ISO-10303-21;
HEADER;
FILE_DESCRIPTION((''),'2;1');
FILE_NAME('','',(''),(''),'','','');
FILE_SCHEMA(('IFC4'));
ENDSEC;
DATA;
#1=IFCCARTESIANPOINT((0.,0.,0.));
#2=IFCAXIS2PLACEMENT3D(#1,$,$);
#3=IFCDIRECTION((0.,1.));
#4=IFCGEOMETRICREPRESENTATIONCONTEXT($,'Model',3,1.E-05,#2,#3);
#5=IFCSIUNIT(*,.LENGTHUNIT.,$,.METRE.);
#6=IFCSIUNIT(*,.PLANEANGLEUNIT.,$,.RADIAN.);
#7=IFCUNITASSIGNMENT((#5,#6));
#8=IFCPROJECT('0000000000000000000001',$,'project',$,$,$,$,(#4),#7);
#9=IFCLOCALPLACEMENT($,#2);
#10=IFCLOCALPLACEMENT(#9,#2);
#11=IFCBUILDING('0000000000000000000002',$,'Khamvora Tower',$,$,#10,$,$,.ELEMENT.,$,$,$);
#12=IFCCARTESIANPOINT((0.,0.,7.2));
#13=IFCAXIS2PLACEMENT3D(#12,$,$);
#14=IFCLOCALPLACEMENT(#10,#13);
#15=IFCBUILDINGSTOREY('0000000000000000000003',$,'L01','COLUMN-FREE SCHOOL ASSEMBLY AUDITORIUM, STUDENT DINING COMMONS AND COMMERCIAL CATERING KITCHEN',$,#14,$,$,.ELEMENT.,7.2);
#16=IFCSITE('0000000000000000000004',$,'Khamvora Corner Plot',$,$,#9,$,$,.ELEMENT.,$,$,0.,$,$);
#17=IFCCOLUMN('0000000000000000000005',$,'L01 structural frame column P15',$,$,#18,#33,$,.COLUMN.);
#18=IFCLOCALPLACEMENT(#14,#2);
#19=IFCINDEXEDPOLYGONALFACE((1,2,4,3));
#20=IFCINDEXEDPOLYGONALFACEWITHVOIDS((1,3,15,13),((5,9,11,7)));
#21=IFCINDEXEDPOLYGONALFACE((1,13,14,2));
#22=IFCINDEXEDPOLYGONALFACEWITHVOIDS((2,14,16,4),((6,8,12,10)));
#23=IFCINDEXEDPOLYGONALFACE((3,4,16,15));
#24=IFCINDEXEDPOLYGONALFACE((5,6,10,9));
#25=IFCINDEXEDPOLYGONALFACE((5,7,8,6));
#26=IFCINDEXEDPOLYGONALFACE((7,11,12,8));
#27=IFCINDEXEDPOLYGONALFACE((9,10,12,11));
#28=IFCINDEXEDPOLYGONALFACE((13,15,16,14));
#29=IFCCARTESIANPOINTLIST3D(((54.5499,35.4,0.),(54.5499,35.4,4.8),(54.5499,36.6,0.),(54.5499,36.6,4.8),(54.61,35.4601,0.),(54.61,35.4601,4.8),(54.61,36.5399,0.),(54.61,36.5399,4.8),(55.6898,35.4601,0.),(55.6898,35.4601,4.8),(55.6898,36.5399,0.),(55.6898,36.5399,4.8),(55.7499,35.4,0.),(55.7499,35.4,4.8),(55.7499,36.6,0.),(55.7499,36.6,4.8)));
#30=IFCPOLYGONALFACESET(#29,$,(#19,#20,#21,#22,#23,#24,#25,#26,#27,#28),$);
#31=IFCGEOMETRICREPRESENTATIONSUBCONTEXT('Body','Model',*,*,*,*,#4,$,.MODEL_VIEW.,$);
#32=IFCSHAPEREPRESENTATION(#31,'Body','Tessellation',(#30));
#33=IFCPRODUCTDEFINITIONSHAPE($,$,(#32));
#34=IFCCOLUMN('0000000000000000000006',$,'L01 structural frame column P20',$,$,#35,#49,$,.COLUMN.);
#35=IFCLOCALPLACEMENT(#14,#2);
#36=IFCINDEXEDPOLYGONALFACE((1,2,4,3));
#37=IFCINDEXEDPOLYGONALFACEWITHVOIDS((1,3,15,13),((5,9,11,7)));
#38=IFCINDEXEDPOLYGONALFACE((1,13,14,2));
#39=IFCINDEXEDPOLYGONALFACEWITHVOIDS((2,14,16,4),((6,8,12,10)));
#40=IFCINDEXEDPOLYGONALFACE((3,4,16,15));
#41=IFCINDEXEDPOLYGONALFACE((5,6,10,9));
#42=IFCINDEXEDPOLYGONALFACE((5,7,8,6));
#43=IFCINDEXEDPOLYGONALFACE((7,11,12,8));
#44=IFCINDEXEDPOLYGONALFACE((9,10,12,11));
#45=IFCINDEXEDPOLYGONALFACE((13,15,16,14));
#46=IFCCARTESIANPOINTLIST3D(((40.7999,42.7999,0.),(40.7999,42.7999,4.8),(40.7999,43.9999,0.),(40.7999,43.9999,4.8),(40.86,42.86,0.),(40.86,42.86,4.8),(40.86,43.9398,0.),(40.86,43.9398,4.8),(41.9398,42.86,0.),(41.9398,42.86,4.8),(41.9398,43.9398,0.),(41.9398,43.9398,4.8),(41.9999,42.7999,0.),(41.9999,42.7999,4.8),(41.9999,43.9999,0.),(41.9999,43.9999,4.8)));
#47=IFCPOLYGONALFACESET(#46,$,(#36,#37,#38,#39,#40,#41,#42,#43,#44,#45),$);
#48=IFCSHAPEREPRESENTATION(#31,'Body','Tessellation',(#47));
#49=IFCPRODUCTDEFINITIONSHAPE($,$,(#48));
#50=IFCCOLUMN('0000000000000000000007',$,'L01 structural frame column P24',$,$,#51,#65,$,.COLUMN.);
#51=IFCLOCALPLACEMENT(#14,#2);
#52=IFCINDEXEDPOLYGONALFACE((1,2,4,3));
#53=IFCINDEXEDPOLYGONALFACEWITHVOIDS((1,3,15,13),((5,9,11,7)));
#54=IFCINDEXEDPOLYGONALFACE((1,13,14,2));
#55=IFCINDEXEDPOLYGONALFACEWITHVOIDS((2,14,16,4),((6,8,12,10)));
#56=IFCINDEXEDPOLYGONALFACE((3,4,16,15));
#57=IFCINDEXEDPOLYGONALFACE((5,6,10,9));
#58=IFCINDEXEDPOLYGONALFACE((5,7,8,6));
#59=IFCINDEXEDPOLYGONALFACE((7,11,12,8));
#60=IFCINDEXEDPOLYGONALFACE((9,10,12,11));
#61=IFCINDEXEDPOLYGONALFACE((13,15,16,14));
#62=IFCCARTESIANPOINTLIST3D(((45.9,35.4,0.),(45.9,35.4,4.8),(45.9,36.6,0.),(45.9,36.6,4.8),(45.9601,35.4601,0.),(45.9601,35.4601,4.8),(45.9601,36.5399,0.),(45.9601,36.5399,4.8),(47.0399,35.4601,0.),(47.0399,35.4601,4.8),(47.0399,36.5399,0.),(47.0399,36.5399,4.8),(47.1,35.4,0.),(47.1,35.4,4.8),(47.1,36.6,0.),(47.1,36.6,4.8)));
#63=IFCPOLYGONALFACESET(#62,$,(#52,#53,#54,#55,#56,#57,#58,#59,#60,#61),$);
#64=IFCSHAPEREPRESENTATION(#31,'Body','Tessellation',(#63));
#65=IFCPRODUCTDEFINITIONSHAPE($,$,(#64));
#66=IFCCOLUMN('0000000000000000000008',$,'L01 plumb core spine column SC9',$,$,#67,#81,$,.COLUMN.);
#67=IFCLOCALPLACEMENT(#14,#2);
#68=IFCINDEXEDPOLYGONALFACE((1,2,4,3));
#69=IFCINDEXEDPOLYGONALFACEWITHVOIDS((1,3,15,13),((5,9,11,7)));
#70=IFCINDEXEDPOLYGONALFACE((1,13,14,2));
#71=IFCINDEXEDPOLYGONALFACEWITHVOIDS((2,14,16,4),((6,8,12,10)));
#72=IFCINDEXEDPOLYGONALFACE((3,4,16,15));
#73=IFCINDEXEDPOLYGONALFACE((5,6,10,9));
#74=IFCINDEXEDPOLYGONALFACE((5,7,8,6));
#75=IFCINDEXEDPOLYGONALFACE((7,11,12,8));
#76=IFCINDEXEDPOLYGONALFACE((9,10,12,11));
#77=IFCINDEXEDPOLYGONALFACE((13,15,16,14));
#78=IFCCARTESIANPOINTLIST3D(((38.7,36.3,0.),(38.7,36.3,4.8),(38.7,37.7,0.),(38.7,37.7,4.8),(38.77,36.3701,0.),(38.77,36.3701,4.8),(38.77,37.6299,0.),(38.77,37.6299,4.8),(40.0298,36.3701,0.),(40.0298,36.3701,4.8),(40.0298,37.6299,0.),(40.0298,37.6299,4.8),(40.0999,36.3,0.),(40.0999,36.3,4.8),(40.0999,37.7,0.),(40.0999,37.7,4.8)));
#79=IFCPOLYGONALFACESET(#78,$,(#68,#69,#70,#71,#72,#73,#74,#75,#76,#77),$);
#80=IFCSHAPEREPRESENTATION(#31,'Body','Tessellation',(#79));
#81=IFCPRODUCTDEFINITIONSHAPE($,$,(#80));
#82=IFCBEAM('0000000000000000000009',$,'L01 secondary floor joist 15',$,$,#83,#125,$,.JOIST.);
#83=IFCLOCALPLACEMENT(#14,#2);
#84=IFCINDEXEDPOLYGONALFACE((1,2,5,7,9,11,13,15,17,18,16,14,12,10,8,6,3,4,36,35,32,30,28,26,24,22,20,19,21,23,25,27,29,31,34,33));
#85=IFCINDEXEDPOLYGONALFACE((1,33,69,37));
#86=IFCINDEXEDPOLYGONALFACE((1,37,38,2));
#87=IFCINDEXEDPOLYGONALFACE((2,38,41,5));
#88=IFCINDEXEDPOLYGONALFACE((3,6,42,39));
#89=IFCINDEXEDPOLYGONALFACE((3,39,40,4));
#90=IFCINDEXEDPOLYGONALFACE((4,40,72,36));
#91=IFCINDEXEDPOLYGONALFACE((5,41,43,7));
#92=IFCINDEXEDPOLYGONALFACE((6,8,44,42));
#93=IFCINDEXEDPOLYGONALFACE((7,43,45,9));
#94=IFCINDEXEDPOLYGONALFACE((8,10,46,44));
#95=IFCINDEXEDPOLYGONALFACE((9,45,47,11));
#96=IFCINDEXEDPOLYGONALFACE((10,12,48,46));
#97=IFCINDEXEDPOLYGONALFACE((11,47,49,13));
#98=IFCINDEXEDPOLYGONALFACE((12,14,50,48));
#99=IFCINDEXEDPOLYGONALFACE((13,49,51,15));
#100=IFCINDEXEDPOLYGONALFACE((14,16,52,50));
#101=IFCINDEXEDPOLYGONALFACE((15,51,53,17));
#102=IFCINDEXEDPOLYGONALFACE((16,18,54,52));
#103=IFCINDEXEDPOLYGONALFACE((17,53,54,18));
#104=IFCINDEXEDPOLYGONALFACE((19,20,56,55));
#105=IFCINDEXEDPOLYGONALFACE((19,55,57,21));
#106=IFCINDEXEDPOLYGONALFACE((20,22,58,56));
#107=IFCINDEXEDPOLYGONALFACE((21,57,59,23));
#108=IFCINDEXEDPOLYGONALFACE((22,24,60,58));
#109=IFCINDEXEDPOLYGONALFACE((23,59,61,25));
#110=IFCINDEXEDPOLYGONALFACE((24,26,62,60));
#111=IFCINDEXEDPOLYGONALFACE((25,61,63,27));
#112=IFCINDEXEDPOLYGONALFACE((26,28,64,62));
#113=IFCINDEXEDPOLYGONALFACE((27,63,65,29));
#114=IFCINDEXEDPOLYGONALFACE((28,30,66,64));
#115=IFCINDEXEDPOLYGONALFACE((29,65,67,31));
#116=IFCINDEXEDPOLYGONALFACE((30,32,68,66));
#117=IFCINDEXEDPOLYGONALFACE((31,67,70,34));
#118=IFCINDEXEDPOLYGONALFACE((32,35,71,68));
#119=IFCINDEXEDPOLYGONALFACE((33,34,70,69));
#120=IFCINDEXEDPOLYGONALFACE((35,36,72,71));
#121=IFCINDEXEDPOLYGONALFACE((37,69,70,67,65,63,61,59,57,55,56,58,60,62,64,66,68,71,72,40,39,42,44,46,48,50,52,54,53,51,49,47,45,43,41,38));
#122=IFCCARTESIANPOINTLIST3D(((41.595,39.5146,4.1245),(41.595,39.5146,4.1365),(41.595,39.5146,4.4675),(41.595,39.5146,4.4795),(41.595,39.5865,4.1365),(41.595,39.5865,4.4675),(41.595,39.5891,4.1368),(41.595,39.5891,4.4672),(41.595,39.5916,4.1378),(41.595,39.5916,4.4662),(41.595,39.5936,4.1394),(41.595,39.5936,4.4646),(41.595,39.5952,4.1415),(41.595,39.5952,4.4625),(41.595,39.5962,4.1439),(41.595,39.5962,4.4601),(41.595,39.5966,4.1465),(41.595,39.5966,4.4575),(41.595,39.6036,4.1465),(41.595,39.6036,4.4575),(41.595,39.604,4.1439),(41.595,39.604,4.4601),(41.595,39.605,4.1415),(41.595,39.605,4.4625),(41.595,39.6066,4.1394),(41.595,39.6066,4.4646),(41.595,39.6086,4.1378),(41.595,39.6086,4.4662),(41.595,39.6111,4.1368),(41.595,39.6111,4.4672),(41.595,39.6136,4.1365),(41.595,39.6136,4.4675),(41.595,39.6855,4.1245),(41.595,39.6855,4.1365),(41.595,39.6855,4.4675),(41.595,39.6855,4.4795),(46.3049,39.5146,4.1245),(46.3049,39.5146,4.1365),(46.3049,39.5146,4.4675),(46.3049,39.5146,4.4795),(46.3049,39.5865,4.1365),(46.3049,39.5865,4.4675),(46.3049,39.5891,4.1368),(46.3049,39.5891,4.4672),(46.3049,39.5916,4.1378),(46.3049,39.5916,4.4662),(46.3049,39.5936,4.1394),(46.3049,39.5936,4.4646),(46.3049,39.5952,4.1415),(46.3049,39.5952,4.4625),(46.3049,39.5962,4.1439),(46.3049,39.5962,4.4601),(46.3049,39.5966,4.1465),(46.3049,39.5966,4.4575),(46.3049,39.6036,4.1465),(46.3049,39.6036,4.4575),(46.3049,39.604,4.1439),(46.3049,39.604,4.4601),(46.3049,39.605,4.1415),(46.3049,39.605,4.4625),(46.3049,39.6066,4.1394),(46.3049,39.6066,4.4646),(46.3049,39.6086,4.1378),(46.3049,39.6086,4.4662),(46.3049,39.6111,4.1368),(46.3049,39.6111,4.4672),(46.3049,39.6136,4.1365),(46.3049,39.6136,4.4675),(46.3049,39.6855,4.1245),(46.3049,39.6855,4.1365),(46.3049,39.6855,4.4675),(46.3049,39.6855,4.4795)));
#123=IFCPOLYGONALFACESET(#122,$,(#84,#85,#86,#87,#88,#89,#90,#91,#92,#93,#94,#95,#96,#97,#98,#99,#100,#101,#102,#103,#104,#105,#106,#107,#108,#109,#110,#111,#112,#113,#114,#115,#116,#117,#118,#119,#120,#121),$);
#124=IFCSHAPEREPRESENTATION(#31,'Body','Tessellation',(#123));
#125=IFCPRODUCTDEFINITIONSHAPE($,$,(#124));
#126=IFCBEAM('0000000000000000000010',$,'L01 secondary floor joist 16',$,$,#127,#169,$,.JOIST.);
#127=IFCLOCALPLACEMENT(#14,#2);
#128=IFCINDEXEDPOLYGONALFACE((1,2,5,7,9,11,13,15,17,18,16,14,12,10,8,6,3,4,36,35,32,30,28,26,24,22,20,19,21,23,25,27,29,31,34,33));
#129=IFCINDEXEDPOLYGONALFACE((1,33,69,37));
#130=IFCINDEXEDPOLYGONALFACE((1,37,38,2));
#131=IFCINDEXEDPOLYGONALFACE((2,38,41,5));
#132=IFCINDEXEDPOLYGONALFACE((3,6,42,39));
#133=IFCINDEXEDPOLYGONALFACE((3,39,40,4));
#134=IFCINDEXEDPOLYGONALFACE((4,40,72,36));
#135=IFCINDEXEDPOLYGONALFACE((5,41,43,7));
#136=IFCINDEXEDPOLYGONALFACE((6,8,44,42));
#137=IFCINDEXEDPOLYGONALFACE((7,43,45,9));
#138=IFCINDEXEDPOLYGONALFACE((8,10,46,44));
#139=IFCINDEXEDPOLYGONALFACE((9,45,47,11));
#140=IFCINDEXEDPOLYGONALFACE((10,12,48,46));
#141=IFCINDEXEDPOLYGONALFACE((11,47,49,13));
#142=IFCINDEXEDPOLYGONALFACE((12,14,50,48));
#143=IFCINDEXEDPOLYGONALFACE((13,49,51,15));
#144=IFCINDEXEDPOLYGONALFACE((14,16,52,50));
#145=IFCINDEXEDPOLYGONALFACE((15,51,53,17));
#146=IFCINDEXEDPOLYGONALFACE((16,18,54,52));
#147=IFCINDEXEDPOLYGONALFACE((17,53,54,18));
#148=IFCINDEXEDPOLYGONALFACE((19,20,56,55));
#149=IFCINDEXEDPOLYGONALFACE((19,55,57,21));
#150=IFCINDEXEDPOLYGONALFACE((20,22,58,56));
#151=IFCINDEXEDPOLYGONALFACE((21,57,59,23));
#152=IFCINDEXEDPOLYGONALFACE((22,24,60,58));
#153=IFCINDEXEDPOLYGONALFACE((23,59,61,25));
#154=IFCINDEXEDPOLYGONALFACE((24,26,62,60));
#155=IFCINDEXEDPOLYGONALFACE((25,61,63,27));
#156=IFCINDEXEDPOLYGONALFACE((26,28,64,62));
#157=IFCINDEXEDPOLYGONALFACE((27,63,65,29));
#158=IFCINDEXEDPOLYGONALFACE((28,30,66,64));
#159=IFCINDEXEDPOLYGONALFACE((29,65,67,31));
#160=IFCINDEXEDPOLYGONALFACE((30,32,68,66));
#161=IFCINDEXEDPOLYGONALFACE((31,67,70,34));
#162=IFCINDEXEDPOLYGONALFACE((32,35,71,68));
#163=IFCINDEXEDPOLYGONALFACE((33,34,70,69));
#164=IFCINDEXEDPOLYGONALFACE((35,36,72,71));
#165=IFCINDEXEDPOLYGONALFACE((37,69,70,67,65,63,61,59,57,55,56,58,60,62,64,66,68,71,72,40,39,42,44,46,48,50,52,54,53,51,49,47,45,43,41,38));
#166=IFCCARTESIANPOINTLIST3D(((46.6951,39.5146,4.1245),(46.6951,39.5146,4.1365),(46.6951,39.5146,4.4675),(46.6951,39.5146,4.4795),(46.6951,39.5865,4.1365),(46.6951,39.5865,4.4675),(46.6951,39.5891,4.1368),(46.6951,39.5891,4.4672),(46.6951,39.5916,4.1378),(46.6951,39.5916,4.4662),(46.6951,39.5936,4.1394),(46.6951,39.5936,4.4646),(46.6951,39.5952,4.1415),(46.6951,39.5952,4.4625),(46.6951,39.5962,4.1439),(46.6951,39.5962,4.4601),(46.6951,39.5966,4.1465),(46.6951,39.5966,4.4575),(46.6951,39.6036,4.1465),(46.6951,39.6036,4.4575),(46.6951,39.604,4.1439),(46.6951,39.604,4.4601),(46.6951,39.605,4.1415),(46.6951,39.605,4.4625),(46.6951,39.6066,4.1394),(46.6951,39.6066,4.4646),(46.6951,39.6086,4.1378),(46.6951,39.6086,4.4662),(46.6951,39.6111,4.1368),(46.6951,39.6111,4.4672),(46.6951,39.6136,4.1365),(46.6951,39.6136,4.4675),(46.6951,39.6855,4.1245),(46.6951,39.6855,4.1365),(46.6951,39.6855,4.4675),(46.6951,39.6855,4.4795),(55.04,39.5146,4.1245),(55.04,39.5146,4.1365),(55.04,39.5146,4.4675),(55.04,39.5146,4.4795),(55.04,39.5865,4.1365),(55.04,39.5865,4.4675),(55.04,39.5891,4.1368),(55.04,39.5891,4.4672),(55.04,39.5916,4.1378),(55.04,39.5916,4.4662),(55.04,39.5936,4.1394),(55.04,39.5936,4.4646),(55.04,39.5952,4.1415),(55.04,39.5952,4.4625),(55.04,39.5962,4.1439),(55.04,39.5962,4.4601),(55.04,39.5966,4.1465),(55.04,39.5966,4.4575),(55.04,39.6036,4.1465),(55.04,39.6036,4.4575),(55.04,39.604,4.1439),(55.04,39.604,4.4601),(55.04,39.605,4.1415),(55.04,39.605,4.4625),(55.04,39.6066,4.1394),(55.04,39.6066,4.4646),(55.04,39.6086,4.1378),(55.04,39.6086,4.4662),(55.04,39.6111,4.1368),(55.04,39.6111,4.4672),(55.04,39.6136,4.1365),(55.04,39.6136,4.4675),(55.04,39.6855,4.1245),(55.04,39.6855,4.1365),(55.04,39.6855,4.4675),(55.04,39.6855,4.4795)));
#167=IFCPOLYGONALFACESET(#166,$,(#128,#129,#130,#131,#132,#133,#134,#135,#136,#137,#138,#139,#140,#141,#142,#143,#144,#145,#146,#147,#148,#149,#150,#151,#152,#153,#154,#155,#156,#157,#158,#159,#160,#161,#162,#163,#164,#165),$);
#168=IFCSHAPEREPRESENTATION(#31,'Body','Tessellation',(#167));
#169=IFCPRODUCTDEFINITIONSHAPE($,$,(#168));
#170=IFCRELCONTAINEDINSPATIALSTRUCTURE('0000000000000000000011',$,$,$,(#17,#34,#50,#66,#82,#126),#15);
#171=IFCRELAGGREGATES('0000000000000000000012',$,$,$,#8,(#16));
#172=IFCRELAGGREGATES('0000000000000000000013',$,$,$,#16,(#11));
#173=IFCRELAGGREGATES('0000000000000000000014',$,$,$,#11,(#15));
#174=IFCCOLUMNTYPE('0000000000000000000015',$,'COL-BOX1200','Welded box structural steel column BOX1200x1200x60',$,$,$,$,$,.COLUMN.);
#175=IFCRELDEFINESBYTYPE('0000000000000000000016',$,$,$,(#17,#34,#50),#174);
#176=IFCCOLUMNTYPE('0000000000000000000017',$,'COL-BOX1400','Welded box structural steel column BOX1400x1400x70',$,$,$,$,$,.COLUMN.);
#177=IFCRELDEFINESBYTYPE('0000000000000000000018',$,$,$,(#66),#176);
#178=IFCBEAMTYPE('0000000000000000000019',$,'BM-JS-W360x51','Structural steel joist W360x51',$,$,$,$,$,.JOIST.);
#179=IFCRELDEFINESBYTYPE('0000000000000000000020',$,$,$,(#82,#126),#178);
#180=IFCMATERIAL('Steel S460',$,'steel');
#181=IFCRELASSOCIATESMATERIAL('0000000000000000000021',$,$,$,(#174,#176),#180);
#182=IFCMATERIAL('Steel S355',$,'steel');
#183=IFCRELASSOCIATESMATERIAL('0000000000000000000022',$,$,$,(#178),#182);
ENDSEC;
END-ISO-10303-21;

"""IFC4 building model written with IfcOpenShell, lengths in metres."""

from ifc_helpers import new_model, si_unit, direction, frame, origin, origin_2d, place, context, subcontext, project, spatial, hollow_rectangle, i_section, extrude, material, material_profile, profile_set, type_object, element, save


model = new_model("IFC4")

# Units and contexts
model_context = context("Model", 3, precision=1e-05, world=origin(), true_north=direction((0.0, 1.0)))
body_context = subcontext(model_context, "Body", "Model", "MODEL_VIEW")
ifc_project = project(units=[si_unit("LENGTHUNIT", "METRE"), si_unit("PLANEANGLEUNIT", "RADIAN")], contexts=[model_context])

# Site, building, storey
site_placement = place(None, origin())
site = spatial("IfcSite", under=ifc_project, at=site_placement, Name="Khamvora Corner Plot", CompositionType="ELEMENT", RefElevation=0.0)
building_placement = place(site_placement, origin())
building = spatial("IfcBuilding", under=site, at=building_placement, Name="Khamvora Tower", CompositionType="ELEMENT")
storey_placement = place(building_placement, frame((0.0, 0.0, 7.2)))
storey = spatial("IfcBuildingStorey", under=building, at=storey_placement, Name="L01", Description="COLUMN-FREE SCHOOL ASSEMBLY AUDITORIUM, STUDENT DINING COMMONS AND COMMERCIAL CATERING KITCHEN", CompositionType="ELEMENT", Elevation=7.2)

# Columns
ifc_material_1 = material(Name="Steel S460", Category="steel")
ifc_material_profile_1 = material_profile(ifc_material_1, hollow_rectangle(XDim=1.2, YDim=1.2, WallThickness=0.0601, at=origin_2d()), Name="BOX1200x1200x60")
ifc_profile_set_1 = profile_set([ifc_material_profile_1], Name="Steel S460")
column_type_1 = type_object("IfcColumnType", Name="COL-BOX1200", Description="Welded box structural steel column BOX1200x1200x60", PredefinedType="COLUMN", material=ifc_profile_set_1)
for number, where, z_axis, x_axis, name in (
    (1, (55.1499, 36.0, 0.0), (0.0, 0.0, 1.0), (1.0, 0.0, 0.0), "L01 structural frame column P15"),
    (2, (41.3999, 43.3999, 0.0), (0.0, 0.0, 1.0), (1.0, 0.0, 0.0), "L01 structural frame column P20"),
    (3, (46.5, 36.0, 0.0), (0.0, 0.0, 1.0), (1.0, 0.0, 0.0), "L01 structural frame column P24"),
):
    element("IfcColumn", number, at=place(storey_placement, frame(where, z_axis=z_axis, x_axis=x_axis)), inside=storey, type_object=column_type_1, Name=name, PredefinedType="COLUMN", context=body_context, shape_type="SweptSolid", body=[
        extrude(hollow_rectangle(XDim=1.2, YDim=1.2, WallThickness=0.0601, at=origin_2d()), origin(), (0.0, 0.0, 1.0), 4.8),
    ])
ifc_material_profile_2 = material_profile(ifc_material_1, hollow_rectangle(XDim=1.3999, YDim=1.3999, WallThickness=0.0701, at=origin_2d()), Name="BOX1400x1400x70")
ifc_profile_set_2 = profile_set([ifc_material_profile_2], Name="Steel S460")
column_type_2 = type_object("IfcColumnType", Name="COL-BOX1400", Description="Welded box structural steel column BOX1400x1400x70", PredefinedType="COLUMN", material=ifc_profile_set_2)
column_placement = place(storey_placement, frame((39.3999, 37.0, 0.0), z_axis=(0.0, 0.0, 1.0), x_axis=(1.0, 0.0, 0.0)))
element("IfcColumn", 4, at=column_placement, inside=storey, type_object=column_type_2, Name="L01 plumb core spine column SC9", PredefinedType="COLUMN", context=body_context, shape_type="SweptSolid", body=[
    extrude(hollow_rectangle(XDim=1.3999, YDim=1.3999, WallThickness=0.0701, at=origin_2d()), origin(), (0.0, 0.0, 1.0), 4.8),
])

# Beams
ifc_material_2 = material(Name="Steel S355", Category="steel")
ifc_material_profile_3 = material_profile(ifc_material_2, i_section(OverallWidth=0.1709, OverallDepth=0.355, WebThickness=0.0071, FlangeThickness=0.012, FilletRadius=0.01, at=origin_2d()), Name="W360x51")
ifc_profile_set_3 = profile_set([ifc_material_profile_3], Name="Steel S355")
beam_type_1 = type_object("IfcBeamType", Name="BM-JS-W360x51", Description="Structural steel joist W360x51", PredefinedType="JOIST", material=ifc_profile_set_3)
beam_1_placement = place(storey_placement, frame((41.595, 39.6001, 4.302), z_axis=(1.0, 0.0, 0.0), x_axis=(0.0, 1.0, 0.0)))
element("IfcBeam", 5, at=beam_1_placement, inside=storey, type_object=beam_type_1, Name="L01 secondary floor joist 15", PredefinedType="JOIST", context=body_context, shape_type="SweptSolid", body=[
    extrude(i_section(OverallWidth=0.1709, OverallDepth=0.355, WebThickness=0.0071, FlangeThickness=0.012, FilletRadius=0.01, at=origin_2d()), origin(), (0.0, 0.0, 1.0), 4.71),
])
beam_2_placement = place(storey_placement, frame((46.6951, 39.6001, 4.302), z_axis=(1.0, 0.0, 0.0), x_axis=(0.0, 1.0, 0.0)))
element("IfcBeam", 6, at=beam_2_placement, inside=storey, type_object=beam_type_1, Name="L01 secondary floor joist 16", PredefinedType="JOIST", context=body_context, shape_type="SweptSolid", body=[
    extrude(i_section(OverallWidth=0.1709, OverallDepth=0.355, WebThickness=0.0071, FlangeThickness=0.012, FilletRadius=0.01, at=origin_2d()), origin(), (0.0, 0.0, 1.0), 8.345),
])

save(model, "model.ifc")
